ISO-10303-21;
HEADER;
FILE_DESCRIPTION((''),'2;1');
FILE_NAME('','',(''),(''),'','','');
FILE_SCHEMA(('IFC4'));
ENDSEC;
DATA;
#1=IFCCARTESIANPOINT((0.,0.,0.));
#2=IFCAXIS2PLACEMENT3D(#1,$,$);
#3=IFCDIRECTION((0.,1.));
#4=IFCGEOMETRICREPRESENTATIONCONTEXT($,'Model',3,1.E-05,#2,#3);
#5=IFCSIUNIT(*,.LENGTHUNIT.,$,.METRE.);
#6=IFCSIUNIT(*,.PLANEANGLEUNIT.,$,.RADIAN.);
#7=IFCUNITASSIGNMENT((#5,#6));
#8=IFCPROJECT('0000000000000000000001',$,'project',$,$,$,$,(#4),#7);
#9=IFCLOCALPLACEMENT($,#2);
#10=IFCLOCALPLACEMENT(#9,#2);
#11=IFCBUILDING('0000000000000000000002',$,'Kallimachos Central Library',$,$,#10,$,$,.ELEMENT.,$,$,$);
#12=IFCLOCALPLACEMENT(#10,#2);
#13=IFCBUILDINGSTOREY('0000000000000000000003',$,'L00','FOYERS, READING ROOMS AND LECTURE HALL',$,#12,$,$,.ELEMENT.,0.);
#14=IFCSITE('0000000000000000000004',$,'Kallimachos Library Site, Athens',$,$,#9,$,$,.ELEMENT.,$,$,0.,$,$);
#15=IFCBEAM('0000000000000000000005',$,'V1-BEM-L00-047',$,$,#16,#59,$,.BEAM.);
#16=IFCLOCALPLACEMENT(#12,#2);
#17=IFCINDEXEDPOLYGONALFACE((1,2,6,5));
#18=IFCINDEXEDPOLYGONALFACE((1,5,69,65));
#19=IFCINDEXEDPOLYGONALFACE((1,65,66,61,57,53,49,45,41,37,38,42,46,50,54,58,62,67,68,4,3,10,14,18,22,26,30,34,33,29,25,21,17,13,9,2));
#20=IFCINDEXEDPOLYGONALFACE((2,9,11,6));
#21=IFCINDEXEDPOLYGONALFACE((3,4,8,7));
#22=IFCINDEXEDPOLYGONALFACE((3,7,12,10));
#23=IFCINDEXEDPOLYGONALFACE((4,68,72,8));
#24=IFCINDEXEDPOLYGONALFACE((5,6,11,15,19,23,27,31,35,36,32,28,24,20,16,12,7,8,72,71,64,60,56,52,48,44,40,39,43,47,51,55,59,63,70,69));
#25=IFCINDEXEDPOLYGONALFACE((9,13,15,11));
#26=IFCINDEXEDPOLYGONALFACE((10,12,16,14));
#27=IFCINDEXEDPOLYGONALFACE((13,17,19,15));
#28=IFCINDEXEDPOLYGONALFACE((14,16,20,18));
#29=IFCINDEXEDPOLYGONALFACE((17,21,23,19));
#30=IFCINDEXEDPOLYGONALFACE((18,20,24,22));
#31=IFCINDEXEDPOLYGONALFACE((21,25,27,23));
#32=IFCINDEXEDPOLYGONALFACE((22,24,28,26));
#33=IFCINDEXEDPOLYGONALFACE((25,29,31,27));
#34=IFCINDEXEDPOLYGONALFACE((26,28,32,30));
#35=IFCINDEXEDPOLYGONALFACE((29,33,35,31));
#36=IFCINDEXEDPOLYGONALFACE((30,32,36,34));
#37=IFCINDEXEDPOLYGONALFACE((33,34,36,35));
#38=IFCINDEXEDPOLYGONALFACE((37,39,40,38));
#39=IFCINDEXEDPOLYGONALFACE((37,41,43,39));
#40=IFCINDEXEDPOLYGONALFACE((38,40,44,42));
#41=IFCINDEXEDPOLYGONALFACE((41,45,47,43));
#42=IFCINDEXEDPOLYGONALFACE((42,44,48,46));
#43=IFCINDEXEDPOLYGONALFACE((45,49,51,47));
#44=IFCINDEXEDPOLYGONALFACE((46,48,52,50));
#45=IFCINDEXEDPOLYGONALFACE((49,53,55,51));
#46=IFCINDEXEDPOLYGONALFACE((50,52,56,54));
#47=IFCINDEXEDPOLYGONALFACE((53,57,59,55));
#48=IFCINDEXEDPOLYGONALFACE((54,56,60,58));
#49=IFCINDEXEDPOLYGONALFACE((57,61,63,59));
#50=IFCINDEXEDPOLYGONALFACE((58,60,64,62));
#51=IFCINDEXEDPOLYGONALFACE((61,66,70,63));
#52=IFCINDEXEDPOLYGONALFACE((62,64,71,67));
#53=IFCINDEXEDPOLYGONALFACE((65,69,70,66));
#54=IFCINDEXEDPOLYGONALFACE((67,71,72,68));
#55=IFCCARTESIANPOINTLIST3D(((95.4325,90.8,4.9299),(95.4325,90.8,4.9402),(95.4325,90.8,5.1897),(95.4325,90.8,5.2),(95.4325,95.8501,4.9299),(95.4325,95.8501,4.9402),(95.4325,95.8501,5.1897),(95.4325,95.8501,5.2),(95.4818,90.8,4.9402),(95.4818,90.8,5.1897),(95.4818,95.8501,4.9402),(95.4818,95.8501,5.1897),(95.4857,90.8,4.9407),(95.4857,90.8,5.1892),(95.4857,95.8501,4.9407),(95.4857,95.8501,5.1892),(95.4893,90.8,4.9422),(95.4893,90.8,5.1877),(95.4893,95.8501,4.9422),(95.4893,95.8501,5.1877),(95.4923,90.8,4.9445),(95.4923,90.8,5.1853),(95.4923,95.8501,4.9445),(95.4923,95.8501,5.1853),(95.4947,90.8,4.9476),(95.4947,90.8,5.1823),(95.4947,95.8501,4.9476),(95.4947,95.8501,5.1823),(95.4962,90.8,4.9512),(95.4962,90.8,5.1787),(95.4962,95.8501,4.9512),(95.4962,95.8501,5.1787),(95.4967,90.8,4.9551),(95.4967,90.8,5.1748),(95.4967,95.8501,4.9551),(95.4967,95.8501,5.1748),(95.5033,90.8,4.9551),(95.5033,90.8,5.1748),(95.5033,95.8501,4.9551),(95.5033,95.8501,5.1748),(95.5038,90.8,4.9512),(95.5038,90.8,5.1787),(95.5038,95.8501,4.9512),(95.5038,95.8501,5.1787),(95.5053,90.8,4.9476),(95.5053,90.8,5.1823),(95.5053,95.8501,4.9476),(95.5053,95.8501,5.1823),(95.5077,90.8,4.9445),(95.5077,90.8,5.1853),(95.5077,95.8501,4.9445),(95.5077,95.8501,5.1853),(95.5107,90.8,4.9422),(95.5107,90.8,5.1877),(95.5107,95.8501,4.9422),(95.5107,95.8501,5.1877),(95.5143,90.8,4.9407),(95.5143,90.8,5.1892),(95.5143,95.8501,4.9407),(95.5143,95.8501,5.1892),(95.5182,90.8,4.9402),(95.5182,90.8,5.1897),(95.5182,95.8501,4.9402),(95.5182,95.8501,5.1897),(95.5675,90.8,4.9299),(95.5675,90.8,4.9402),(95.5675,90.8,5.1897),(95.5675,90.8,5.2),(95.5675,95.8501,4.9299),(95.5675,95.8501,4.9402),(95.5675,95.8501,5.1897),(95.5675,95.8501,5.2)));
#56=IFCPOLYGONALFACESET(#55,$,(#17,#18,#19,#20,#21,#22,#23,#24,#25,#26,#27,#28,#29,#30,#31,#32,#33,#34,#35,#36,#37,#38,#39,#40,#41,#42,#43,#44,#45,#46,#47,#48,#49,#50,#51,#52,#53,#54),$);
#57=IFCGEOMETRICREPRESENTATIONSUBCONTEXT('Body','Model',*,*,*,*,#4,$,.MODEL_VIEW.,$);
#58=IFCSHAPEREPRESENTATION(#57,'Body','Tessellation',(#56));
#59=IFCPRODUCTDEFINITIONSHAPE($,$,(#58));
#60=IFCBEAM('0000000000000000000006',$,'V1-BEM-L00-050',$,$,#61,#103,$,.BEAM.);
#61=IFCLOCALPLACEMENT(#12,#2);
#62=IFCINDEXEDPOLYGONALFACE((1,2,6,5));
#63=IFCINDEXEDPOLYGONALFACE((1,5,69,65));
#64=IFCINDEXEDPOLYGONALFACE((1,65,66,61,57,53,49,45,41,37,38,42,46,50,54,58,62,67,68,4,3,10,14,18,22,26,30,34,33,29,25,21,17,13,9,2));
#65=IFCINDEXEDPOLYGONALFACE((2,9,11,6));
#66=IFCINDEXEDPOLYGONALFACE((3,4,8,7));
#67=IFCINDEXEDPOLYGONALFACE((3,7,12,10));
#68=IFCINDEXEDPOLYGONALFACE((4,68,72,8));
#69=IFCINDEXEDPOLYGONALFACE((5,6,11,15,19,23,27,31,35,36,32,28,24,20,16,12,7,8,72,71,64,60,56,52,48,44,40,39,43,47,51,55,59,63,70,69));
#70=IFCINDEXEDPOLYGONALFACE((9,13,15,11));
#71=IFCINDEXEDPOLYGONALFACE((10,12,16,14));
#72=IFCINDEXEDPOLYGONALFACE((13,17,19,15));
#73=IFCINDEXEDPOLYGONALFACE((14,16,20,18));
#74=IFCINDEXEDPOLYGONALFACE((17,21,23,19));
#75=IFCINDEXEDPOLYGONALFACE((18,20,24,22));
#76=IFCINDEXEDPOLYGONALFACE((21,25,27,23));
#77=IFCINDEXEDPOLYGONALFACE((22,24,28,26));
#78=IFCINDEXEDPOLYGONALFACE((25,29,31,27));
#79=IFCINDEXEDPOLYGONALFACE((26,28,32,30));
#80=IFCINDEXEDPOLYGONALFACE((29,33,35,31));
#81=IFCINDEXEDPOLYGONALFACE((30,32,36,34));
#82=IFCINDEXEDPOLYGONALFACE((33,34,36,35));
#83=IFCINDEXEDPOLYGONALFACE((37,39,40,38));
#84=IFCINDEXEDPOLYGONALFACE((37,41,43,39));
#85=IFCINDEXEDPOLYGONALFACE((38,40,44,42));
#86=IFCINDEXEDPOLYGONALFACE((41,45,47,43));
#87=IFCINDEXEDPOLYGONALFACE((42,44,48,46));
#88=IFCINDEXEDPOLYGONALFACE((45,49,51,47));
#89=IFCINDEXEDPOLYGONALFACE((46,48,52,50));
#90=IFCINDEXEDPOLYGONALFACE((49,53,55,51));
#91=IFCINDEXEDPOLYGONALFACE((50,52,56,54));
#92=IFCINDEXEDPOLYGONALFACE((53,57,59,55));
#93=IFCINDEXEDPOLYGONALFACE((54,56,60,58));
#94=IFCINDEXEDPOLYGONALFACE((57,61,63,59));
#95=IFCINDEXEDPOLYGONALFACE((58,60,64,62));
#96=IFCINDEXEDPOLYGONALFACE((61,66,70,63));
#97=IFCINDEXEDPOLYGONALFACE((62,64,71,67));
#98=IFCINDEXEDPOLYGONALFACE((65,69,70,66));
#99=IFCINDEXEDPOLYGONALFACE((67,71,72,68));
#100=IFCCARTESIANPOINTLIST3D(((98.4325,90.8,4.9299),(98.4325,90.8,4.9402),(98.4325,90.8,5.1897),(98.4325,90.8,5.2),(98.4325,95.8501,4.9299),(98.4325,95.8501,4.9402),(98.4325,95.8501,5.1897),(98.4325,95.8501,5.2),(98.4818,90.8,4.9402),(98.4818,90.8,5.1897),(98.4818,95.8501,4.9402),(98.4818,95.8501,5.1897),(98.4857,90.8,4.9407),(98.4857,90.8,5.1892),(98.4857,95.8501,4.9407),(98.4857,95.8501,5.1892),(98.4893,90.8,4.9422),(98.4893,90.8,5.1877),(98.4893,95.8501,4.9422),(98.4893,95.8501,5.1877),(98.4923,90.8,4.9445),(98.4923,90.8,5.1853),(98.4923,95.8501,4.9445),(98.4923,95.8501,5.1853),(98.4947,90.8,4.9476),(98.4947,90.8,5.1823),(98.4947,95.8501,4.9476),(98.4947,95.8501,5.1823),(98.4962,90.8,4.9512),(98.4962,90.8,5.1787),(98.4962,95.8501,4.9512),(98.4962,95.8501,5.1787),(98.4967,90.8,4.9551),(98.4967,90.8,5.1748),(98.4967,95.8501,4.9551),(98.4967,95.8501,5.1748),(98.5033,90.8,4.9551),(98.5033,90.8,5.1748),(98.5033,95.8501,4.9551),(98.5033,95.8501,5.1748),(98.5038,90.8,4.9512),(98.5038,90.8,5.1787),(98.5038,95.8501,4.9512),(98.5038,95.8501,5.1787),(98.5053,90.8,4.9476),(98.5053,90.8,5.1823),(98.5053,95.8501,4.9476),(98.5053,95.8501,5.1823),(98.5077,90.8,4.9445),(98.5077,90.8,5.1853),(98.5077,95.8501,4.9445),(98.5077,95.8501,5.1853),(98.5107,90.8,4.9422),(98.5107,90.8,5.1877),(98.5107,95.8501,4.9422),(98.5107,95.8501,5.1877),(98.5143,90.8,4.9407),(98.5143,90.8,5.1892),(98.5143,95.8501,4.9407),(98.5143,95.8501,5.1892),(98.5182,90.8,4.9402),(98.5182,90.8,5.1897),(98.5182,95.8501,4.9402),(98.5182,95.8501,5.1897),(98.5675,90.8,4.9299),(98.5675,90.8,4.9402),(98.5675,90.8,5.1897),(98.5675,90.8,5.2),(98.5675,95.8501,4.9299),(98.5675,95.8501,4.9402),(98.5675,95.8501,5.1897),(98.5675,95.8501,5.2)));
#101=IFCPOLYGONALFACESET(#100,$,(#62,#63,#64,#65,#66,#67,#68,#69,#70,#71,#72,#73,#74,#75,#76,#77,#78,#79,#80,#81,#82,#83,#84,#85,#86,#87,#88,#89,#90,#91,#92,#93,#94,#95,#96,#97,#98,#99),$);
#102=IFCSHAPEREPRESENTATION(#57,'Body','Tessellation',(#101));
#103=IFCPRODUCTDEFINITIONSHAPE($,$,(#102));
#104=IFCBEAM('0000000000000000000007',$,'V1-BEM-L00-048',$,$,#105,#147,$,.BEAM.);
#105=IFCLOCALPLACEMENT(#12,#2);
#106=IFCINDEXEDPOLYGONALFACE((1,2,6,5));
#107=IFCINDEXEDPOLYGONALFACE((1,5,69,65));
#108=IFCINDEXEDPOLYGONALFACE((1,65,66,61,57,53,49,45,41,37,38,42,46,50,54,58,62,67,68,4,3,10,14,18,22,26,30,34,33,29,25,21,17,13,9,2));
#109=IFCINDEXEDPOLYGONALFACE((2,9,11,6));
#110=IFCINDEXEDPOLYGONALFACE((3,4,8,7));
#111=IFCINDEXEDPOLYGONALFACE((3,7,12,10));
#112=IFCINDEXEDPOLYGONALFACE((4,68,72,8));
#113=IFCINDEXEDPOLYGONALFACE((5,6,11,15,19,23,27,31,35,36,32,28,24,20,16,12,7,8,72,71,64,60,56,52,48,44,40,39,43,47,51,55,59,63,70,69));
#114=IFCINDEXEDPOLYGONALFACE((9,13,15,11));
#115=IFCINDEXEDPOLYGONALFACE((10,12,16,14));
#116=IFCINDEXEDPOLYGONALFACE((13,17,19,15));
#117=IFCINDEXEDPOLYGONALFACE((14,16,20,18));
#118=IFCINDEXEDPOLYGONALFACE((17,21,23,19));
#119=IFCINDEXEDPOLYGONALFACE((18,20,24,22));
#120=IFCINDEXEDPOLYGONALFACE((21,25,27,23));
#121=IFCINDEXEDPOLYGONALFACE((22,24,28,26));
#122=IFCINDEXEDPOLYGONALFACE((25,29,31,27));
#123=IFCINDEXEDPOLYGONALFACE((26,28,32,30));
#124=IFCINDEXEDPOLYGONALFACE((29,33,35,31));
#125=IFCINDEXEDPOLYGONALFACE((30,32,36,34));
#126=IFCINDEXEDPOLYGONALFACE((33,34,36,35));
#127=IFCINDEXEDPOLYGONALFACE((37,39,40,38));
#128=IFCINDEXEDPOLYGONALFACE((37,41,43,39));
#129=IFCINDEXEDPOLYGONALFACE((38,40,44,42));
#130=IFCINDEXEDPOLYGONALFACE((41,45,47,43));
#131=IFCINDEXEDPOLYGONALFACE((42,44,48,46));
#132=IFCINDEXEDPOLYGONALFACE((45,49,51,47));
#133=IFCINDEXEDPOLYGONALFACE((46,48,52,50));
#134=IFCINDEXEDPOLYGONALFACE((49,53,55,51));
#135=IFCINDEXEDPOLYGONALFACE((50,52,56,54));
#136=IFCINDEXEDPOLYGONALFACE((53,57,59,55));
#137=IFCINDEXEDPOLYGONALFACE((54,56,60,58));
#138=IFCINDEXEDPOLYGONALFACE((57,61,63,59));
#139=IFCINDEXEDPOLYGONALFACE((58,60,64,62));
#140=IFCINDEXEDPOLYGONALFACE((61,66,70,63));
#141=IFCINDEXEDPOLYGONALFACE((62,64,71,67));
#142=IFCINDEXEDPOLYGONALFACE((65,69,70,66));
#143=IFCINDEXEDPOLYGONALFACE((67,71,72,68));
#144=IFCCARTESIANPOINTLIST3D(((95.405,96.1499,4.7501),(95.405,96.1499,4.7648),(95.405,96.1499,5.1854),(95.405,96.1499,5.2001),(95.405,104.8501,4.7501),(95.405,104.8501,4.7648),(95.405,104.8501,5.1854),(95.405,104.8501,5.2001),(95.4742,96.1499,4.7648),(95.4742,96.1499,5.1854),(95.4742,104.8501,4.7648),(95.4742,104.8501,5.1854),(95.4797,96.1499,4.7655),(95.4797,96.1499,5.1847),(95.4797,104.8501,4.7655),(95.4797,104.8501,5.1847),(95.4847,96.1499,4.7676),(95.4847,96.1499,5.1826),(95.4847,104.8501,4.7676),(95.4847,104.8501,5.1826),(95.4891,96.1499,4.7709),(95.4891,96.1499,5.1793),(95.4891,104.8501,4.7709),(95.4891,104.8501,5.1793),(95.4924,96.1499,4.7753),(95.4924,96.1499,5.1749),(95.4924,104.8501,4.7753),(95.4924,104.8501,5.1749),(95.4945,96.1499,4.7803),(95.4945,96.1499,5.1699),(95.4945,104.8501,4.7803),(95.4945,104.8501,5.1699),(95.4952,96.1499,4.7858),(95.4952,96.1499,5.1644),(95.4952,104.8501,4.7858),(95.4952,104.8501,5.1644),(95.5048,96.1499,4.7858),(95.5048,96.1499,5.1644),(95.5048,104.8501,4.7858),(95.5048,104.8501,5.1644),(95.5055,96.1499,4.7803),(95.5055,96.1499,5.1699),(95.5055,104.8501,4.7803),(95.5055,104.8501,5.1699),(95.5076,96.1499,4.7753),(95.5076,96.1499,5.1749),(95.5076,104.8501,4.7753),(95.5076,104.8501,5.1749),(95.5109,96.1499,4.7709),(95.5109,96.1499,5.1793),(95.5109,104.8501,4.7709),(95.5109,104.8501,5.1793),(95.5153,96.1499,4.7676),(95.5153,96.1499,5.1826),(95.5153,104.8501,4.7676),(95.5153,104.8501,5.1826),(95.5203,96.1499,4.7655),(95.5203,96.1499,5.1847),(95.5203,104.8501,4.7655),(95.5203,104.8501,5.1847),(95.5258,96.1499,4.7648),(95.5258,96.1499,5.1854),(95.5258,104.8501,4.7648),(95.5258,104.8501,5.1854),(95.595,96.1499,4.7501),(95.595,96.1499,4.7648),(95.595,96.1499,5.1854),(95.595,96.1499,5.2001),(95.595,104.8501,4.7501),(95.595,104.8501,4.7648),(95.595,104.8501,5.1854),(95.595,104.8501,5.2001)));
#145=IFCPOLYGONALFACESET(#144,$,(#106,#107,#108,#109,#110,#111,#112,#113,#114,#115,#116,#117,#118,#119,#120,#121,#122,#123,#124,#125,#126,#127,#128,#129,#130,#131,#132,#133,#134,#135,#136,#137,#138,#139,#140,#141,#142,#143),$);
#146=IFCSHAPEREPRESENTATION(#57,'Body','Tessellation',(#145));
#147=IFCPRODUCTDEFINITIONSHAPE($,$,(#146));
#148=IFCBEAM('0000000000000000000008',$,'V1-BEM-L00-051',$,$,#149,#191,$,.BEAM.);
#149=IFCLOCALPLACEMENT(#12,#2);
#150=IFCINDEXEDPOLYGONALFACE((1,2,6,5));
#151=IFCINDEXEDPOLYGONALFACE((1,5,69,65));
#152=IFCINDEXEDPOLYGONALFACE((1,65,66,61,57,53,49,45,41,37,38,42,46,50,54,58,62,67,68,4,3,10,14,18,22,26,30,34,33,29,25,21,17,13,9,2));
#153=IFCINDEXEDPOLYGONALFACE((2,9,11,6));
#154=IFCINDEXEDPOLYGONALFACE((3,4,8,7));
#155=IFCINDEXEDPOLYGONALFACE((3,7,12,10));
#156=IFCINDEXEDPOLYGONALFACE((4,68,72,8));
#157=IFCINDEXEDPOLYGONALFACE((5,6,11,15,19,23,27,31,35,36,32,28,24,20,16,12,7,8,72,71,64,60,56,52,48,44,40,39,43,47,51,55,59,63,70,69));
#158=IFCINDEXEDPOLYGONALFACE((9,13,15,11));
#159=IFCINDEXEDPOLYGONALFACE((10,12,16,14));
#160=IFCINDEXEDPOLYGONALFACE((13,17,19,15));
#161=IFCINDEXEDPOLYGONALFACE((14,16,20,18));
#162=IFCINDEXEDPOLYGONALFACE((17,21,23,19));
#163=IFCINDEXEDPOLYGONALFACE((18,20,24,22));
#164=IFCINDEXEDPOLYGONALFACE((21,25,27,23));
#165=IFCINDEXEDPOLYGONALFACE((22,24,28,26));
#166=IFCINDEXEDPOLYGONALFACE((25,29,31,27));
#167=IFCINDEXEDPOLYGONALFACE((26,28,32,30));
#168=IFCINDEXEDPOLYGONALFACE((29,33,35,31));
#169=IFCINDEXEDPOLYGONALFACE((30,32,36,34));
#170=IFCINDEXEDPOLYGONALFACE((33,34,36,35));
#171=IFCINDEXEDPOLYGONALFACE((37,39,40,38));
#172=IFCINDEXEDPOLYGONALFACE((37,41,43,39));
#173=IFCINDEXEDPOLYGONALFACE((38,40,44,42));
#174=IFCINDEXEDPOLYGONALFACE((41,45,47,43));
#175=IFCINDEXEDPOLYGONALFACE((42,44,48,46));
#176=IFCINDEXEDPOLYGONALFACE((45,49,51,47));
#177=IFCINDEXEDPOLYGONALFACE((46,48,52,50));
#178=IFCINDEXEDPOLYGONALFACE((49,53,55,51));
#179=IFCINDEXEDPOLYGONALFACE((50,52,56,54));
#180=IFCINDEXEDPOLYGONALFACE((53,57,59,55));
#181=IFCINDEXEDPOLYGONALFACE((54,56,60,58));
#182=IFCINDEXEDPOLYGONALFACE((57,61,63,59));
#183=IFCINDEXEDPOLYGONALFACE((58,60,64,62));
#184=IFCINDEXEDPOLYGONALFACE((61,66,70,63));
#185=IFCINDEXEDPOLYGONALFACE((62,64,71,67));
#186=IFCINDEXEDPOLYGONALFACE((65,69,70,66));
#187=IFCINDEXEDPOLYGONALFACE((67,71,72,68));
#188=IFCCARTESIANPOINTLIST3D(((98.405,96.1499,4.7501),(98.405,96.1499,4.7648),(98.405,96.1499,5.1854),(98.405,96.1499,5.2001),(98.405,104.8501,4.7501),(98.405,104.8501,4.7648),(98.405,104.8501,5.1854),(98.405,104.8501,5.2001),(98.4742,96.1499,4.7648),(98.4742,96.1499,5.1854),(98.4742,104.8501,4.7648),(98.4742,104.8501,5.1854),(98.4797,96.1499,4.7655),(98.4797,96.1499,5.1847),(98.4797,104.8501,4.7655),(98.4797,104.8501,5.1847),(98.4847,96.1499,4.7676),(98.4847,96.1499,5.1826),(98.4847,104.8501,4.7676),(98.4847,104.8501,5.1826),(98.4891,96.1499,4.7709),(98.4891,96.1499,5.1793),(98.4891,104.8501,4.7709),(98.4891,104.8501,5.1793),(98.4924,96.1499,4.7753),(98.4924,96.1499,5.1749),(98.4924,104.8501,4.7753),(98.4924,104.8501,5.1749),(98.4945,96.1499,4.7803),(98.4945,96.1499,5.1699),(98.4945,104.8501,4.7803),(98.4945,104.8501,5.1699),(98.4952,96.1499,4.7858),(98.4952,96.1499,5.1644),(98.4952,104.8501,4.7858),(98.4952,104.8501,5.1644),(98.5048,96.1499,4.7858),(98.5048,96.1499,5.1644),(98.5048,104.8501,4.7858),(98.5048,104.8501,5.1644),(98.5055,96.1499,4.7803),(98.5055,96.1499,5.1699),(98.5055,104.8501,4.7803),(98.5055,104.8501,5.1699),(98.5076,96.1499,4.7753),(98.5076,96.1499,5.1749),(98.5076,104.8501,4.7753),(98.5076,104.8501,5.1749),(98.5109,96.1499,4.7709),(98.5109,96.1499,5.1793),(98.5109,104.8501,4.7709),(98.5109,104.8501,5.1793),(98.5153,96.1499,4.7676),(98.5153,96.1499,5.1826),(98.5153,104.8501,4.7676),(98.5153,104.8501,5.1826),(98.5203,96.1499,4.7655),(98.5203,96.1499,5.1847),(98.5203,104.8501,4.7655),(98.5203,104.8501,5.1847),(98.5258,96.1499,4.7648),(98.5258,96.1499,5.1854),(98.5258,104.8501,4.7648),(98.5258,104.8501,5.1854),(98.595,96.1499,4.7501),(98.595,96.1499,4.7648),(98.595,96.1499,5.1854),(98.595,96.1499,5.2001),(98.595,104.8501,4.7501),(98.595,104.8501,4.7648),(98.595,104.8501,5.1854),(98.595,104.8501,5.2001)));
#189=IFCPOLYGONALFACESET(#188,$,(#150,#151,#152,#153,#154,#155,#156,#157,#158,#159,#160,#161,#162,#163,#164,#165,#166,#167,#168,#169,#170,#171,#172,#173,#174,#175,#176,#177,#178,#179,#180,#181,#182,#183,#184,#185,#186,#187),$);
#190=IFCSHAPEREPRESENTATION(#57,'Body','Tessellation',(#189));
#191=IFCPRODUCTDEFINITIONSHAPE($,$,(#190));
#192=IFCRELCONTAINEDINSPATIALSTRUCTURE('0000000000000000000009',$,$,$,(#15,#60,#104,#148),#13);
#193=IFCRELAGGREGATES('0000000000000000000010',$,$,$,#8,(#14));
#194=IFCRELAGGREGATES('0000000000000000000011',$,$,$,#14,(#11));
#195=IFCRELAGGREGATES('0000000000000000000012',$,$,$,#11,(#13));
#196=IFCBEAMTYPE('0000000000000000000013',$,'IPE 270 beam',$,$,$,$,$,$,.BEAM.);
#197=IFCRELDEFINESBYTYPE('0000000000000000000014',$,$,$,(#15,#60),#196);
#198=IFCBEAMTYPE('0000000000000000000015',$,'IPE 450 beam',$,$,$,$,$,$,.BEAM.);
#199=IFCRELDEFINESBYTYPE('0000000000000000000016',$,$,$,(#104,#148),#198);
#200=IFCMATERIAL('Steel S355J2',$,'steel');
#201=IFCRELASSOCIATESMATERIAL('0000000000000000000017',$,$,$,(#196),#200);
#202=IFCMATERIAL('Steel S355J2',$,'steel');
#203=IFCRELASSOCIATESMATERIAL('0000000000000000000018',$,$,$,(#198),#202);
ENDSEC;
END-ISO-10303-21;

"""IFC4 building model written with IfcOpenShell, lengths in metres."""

from ifc_helpers import new_model, si_unit, direction, frame, origin, origin_2d, place, context, subcontext, project, spatial, i_section, extrude, material, material_profile, profile_set, type_object, element, save


model = new_model("IFC4")

# Units and contexts
model_context = context("Model", 3, precision=1e-05, world=origin(), true_north=direction((0.0, 1.0)))
body_context = subcontext(model_context, "Body", "Model", "MODEL_VIEW")
ifc_project = project(units=[si_unit("LENGTHUNIT", "METRE"), si_unit("PLANEANGLEUNIT", "RADIAN")], contexts=[model_context])

# Site, building, storey
site_placement = place(None, origin())
site = spatial("IfcSite", under=ifc_project, at=site_placement, Name="Kallimachos Library Site, Athens", CompositionType="ELEMENT", RefElevation=0.0)
building_placement = place(site_placement, origin())
building = spatial("IfcBuilding", under=site, at=building_placement, Name="Kallimachos Central Library", CompositionType="ELEMENT")
storey_placement = place(building_placement, origin())
storey = spatial("IfcBuildingStorey", under=building, at=storey_placement, Name="L00", Description="FOYERS, READING ROOMS AND LECTURE HALL", CompositionType="ELEMENT", Elevation=0.0)

# Beams
ifc_material_1 = material(Name="Steel S355J2", Category="steel")
ifc_material_profile_1 = material_profile(ifc_material_1, i_section(OverallWidth=0.135, OverallDepth=0.27, WebThickness=0.0066, FlangeThickness=0.0103, FilletRadius=0.0149, at=origin_2d()), Name="IPE 270")
ifc_profile_set_1 = profile_set([ifc_material_profile_1], Name="Steel S355J2")
beam_type_1 = type_object("IfcBeamType", Name="IPE 270 beam", PredefinedType="BEAM", material=ifc_profile_set_1)
for number, where, z_axis, x_axis, name in (
    (1, (95.5, 90.8, 5.0649), (0.0, 1.0, 0.0), (-1.0, 0.0, 0.0), "V1-BEM-L00-047"),
    (2, (98.5, 90.8, 5.0649), (0.0, 1.0, 0.0), (-1.0, 0.0, 0.0), "V1-BEM-L00-050"),
):
    element("IfcBeam", number, at=place(storey_placement, frame(where, z_axis=z_axis, x_axis=x_axis)), inside=storey, type_object=beam_type_1, Name=name, PredefinedType="BEAM", context=body_context, shape_type="SweptSolid", body=[
        extrude(i_section(OverallWidth=0.135, OverallDepth=0.27, WebThickness=0.0066, FlangeThickness=0.0103, FilletRadius=0.0149, at=origin_2d()), origin(), (0.0, 0.0, 1.0), 5.05),
    ])
ifc_material_2 = material(Name="Steel S355J2", Category="steel")
ifc_material_profile_2 = material_profile(ifc_material_2, i_section(OverallWidth=0.1899, OverallDepth=0.45, WebThickness=0.0095, FlangeThickness=0.0146, FilletRadius=0.021, at=origin_2d()), Name="IPE 450")
ifc_profile_set_2 = profile_set([ifc_material_profile_2], Name="Steel S355J2")
beam_type_2 = type_object("IfcBeamType", Name="IPE 450 beam", PredefinedType="BEAM", material=ifc_profile_set_2)
for number, where, z_axis, x_axis, name in (
    (3, (95.5, 96.1499, 4.9751), (0.0, 1.0, 0.0), (-1.0, 0.0, 0.0), "V1-BEM-L00-048"),
    (4, (98.5, 96.1499, 4.9751), (0.0, 1.0, 0.0), (-1.0, 0.0, 0.0), "V1-BEM-L00-051"),
):
    element("IfcBeam", number, at=place(storey_placement, frame(where, z_axis=z_axis, x_axis=x_axis)), inside=storey, type_object=beam_type_2, Name=name, PredefinedType="BEAM", context=body_context, shape_type="SweptSolid", body=[
        extrude(i_section(OverallWidth=0.1899, OverallDepth=0.45, WebThickness=0.0095, FlangeThickness=0.0146, FilletRadius=0.021, at=origin_2d()), origin(), (0.0, 0.0, 1.0), 8.7002),
    ])

save(model, "model.ifc")
